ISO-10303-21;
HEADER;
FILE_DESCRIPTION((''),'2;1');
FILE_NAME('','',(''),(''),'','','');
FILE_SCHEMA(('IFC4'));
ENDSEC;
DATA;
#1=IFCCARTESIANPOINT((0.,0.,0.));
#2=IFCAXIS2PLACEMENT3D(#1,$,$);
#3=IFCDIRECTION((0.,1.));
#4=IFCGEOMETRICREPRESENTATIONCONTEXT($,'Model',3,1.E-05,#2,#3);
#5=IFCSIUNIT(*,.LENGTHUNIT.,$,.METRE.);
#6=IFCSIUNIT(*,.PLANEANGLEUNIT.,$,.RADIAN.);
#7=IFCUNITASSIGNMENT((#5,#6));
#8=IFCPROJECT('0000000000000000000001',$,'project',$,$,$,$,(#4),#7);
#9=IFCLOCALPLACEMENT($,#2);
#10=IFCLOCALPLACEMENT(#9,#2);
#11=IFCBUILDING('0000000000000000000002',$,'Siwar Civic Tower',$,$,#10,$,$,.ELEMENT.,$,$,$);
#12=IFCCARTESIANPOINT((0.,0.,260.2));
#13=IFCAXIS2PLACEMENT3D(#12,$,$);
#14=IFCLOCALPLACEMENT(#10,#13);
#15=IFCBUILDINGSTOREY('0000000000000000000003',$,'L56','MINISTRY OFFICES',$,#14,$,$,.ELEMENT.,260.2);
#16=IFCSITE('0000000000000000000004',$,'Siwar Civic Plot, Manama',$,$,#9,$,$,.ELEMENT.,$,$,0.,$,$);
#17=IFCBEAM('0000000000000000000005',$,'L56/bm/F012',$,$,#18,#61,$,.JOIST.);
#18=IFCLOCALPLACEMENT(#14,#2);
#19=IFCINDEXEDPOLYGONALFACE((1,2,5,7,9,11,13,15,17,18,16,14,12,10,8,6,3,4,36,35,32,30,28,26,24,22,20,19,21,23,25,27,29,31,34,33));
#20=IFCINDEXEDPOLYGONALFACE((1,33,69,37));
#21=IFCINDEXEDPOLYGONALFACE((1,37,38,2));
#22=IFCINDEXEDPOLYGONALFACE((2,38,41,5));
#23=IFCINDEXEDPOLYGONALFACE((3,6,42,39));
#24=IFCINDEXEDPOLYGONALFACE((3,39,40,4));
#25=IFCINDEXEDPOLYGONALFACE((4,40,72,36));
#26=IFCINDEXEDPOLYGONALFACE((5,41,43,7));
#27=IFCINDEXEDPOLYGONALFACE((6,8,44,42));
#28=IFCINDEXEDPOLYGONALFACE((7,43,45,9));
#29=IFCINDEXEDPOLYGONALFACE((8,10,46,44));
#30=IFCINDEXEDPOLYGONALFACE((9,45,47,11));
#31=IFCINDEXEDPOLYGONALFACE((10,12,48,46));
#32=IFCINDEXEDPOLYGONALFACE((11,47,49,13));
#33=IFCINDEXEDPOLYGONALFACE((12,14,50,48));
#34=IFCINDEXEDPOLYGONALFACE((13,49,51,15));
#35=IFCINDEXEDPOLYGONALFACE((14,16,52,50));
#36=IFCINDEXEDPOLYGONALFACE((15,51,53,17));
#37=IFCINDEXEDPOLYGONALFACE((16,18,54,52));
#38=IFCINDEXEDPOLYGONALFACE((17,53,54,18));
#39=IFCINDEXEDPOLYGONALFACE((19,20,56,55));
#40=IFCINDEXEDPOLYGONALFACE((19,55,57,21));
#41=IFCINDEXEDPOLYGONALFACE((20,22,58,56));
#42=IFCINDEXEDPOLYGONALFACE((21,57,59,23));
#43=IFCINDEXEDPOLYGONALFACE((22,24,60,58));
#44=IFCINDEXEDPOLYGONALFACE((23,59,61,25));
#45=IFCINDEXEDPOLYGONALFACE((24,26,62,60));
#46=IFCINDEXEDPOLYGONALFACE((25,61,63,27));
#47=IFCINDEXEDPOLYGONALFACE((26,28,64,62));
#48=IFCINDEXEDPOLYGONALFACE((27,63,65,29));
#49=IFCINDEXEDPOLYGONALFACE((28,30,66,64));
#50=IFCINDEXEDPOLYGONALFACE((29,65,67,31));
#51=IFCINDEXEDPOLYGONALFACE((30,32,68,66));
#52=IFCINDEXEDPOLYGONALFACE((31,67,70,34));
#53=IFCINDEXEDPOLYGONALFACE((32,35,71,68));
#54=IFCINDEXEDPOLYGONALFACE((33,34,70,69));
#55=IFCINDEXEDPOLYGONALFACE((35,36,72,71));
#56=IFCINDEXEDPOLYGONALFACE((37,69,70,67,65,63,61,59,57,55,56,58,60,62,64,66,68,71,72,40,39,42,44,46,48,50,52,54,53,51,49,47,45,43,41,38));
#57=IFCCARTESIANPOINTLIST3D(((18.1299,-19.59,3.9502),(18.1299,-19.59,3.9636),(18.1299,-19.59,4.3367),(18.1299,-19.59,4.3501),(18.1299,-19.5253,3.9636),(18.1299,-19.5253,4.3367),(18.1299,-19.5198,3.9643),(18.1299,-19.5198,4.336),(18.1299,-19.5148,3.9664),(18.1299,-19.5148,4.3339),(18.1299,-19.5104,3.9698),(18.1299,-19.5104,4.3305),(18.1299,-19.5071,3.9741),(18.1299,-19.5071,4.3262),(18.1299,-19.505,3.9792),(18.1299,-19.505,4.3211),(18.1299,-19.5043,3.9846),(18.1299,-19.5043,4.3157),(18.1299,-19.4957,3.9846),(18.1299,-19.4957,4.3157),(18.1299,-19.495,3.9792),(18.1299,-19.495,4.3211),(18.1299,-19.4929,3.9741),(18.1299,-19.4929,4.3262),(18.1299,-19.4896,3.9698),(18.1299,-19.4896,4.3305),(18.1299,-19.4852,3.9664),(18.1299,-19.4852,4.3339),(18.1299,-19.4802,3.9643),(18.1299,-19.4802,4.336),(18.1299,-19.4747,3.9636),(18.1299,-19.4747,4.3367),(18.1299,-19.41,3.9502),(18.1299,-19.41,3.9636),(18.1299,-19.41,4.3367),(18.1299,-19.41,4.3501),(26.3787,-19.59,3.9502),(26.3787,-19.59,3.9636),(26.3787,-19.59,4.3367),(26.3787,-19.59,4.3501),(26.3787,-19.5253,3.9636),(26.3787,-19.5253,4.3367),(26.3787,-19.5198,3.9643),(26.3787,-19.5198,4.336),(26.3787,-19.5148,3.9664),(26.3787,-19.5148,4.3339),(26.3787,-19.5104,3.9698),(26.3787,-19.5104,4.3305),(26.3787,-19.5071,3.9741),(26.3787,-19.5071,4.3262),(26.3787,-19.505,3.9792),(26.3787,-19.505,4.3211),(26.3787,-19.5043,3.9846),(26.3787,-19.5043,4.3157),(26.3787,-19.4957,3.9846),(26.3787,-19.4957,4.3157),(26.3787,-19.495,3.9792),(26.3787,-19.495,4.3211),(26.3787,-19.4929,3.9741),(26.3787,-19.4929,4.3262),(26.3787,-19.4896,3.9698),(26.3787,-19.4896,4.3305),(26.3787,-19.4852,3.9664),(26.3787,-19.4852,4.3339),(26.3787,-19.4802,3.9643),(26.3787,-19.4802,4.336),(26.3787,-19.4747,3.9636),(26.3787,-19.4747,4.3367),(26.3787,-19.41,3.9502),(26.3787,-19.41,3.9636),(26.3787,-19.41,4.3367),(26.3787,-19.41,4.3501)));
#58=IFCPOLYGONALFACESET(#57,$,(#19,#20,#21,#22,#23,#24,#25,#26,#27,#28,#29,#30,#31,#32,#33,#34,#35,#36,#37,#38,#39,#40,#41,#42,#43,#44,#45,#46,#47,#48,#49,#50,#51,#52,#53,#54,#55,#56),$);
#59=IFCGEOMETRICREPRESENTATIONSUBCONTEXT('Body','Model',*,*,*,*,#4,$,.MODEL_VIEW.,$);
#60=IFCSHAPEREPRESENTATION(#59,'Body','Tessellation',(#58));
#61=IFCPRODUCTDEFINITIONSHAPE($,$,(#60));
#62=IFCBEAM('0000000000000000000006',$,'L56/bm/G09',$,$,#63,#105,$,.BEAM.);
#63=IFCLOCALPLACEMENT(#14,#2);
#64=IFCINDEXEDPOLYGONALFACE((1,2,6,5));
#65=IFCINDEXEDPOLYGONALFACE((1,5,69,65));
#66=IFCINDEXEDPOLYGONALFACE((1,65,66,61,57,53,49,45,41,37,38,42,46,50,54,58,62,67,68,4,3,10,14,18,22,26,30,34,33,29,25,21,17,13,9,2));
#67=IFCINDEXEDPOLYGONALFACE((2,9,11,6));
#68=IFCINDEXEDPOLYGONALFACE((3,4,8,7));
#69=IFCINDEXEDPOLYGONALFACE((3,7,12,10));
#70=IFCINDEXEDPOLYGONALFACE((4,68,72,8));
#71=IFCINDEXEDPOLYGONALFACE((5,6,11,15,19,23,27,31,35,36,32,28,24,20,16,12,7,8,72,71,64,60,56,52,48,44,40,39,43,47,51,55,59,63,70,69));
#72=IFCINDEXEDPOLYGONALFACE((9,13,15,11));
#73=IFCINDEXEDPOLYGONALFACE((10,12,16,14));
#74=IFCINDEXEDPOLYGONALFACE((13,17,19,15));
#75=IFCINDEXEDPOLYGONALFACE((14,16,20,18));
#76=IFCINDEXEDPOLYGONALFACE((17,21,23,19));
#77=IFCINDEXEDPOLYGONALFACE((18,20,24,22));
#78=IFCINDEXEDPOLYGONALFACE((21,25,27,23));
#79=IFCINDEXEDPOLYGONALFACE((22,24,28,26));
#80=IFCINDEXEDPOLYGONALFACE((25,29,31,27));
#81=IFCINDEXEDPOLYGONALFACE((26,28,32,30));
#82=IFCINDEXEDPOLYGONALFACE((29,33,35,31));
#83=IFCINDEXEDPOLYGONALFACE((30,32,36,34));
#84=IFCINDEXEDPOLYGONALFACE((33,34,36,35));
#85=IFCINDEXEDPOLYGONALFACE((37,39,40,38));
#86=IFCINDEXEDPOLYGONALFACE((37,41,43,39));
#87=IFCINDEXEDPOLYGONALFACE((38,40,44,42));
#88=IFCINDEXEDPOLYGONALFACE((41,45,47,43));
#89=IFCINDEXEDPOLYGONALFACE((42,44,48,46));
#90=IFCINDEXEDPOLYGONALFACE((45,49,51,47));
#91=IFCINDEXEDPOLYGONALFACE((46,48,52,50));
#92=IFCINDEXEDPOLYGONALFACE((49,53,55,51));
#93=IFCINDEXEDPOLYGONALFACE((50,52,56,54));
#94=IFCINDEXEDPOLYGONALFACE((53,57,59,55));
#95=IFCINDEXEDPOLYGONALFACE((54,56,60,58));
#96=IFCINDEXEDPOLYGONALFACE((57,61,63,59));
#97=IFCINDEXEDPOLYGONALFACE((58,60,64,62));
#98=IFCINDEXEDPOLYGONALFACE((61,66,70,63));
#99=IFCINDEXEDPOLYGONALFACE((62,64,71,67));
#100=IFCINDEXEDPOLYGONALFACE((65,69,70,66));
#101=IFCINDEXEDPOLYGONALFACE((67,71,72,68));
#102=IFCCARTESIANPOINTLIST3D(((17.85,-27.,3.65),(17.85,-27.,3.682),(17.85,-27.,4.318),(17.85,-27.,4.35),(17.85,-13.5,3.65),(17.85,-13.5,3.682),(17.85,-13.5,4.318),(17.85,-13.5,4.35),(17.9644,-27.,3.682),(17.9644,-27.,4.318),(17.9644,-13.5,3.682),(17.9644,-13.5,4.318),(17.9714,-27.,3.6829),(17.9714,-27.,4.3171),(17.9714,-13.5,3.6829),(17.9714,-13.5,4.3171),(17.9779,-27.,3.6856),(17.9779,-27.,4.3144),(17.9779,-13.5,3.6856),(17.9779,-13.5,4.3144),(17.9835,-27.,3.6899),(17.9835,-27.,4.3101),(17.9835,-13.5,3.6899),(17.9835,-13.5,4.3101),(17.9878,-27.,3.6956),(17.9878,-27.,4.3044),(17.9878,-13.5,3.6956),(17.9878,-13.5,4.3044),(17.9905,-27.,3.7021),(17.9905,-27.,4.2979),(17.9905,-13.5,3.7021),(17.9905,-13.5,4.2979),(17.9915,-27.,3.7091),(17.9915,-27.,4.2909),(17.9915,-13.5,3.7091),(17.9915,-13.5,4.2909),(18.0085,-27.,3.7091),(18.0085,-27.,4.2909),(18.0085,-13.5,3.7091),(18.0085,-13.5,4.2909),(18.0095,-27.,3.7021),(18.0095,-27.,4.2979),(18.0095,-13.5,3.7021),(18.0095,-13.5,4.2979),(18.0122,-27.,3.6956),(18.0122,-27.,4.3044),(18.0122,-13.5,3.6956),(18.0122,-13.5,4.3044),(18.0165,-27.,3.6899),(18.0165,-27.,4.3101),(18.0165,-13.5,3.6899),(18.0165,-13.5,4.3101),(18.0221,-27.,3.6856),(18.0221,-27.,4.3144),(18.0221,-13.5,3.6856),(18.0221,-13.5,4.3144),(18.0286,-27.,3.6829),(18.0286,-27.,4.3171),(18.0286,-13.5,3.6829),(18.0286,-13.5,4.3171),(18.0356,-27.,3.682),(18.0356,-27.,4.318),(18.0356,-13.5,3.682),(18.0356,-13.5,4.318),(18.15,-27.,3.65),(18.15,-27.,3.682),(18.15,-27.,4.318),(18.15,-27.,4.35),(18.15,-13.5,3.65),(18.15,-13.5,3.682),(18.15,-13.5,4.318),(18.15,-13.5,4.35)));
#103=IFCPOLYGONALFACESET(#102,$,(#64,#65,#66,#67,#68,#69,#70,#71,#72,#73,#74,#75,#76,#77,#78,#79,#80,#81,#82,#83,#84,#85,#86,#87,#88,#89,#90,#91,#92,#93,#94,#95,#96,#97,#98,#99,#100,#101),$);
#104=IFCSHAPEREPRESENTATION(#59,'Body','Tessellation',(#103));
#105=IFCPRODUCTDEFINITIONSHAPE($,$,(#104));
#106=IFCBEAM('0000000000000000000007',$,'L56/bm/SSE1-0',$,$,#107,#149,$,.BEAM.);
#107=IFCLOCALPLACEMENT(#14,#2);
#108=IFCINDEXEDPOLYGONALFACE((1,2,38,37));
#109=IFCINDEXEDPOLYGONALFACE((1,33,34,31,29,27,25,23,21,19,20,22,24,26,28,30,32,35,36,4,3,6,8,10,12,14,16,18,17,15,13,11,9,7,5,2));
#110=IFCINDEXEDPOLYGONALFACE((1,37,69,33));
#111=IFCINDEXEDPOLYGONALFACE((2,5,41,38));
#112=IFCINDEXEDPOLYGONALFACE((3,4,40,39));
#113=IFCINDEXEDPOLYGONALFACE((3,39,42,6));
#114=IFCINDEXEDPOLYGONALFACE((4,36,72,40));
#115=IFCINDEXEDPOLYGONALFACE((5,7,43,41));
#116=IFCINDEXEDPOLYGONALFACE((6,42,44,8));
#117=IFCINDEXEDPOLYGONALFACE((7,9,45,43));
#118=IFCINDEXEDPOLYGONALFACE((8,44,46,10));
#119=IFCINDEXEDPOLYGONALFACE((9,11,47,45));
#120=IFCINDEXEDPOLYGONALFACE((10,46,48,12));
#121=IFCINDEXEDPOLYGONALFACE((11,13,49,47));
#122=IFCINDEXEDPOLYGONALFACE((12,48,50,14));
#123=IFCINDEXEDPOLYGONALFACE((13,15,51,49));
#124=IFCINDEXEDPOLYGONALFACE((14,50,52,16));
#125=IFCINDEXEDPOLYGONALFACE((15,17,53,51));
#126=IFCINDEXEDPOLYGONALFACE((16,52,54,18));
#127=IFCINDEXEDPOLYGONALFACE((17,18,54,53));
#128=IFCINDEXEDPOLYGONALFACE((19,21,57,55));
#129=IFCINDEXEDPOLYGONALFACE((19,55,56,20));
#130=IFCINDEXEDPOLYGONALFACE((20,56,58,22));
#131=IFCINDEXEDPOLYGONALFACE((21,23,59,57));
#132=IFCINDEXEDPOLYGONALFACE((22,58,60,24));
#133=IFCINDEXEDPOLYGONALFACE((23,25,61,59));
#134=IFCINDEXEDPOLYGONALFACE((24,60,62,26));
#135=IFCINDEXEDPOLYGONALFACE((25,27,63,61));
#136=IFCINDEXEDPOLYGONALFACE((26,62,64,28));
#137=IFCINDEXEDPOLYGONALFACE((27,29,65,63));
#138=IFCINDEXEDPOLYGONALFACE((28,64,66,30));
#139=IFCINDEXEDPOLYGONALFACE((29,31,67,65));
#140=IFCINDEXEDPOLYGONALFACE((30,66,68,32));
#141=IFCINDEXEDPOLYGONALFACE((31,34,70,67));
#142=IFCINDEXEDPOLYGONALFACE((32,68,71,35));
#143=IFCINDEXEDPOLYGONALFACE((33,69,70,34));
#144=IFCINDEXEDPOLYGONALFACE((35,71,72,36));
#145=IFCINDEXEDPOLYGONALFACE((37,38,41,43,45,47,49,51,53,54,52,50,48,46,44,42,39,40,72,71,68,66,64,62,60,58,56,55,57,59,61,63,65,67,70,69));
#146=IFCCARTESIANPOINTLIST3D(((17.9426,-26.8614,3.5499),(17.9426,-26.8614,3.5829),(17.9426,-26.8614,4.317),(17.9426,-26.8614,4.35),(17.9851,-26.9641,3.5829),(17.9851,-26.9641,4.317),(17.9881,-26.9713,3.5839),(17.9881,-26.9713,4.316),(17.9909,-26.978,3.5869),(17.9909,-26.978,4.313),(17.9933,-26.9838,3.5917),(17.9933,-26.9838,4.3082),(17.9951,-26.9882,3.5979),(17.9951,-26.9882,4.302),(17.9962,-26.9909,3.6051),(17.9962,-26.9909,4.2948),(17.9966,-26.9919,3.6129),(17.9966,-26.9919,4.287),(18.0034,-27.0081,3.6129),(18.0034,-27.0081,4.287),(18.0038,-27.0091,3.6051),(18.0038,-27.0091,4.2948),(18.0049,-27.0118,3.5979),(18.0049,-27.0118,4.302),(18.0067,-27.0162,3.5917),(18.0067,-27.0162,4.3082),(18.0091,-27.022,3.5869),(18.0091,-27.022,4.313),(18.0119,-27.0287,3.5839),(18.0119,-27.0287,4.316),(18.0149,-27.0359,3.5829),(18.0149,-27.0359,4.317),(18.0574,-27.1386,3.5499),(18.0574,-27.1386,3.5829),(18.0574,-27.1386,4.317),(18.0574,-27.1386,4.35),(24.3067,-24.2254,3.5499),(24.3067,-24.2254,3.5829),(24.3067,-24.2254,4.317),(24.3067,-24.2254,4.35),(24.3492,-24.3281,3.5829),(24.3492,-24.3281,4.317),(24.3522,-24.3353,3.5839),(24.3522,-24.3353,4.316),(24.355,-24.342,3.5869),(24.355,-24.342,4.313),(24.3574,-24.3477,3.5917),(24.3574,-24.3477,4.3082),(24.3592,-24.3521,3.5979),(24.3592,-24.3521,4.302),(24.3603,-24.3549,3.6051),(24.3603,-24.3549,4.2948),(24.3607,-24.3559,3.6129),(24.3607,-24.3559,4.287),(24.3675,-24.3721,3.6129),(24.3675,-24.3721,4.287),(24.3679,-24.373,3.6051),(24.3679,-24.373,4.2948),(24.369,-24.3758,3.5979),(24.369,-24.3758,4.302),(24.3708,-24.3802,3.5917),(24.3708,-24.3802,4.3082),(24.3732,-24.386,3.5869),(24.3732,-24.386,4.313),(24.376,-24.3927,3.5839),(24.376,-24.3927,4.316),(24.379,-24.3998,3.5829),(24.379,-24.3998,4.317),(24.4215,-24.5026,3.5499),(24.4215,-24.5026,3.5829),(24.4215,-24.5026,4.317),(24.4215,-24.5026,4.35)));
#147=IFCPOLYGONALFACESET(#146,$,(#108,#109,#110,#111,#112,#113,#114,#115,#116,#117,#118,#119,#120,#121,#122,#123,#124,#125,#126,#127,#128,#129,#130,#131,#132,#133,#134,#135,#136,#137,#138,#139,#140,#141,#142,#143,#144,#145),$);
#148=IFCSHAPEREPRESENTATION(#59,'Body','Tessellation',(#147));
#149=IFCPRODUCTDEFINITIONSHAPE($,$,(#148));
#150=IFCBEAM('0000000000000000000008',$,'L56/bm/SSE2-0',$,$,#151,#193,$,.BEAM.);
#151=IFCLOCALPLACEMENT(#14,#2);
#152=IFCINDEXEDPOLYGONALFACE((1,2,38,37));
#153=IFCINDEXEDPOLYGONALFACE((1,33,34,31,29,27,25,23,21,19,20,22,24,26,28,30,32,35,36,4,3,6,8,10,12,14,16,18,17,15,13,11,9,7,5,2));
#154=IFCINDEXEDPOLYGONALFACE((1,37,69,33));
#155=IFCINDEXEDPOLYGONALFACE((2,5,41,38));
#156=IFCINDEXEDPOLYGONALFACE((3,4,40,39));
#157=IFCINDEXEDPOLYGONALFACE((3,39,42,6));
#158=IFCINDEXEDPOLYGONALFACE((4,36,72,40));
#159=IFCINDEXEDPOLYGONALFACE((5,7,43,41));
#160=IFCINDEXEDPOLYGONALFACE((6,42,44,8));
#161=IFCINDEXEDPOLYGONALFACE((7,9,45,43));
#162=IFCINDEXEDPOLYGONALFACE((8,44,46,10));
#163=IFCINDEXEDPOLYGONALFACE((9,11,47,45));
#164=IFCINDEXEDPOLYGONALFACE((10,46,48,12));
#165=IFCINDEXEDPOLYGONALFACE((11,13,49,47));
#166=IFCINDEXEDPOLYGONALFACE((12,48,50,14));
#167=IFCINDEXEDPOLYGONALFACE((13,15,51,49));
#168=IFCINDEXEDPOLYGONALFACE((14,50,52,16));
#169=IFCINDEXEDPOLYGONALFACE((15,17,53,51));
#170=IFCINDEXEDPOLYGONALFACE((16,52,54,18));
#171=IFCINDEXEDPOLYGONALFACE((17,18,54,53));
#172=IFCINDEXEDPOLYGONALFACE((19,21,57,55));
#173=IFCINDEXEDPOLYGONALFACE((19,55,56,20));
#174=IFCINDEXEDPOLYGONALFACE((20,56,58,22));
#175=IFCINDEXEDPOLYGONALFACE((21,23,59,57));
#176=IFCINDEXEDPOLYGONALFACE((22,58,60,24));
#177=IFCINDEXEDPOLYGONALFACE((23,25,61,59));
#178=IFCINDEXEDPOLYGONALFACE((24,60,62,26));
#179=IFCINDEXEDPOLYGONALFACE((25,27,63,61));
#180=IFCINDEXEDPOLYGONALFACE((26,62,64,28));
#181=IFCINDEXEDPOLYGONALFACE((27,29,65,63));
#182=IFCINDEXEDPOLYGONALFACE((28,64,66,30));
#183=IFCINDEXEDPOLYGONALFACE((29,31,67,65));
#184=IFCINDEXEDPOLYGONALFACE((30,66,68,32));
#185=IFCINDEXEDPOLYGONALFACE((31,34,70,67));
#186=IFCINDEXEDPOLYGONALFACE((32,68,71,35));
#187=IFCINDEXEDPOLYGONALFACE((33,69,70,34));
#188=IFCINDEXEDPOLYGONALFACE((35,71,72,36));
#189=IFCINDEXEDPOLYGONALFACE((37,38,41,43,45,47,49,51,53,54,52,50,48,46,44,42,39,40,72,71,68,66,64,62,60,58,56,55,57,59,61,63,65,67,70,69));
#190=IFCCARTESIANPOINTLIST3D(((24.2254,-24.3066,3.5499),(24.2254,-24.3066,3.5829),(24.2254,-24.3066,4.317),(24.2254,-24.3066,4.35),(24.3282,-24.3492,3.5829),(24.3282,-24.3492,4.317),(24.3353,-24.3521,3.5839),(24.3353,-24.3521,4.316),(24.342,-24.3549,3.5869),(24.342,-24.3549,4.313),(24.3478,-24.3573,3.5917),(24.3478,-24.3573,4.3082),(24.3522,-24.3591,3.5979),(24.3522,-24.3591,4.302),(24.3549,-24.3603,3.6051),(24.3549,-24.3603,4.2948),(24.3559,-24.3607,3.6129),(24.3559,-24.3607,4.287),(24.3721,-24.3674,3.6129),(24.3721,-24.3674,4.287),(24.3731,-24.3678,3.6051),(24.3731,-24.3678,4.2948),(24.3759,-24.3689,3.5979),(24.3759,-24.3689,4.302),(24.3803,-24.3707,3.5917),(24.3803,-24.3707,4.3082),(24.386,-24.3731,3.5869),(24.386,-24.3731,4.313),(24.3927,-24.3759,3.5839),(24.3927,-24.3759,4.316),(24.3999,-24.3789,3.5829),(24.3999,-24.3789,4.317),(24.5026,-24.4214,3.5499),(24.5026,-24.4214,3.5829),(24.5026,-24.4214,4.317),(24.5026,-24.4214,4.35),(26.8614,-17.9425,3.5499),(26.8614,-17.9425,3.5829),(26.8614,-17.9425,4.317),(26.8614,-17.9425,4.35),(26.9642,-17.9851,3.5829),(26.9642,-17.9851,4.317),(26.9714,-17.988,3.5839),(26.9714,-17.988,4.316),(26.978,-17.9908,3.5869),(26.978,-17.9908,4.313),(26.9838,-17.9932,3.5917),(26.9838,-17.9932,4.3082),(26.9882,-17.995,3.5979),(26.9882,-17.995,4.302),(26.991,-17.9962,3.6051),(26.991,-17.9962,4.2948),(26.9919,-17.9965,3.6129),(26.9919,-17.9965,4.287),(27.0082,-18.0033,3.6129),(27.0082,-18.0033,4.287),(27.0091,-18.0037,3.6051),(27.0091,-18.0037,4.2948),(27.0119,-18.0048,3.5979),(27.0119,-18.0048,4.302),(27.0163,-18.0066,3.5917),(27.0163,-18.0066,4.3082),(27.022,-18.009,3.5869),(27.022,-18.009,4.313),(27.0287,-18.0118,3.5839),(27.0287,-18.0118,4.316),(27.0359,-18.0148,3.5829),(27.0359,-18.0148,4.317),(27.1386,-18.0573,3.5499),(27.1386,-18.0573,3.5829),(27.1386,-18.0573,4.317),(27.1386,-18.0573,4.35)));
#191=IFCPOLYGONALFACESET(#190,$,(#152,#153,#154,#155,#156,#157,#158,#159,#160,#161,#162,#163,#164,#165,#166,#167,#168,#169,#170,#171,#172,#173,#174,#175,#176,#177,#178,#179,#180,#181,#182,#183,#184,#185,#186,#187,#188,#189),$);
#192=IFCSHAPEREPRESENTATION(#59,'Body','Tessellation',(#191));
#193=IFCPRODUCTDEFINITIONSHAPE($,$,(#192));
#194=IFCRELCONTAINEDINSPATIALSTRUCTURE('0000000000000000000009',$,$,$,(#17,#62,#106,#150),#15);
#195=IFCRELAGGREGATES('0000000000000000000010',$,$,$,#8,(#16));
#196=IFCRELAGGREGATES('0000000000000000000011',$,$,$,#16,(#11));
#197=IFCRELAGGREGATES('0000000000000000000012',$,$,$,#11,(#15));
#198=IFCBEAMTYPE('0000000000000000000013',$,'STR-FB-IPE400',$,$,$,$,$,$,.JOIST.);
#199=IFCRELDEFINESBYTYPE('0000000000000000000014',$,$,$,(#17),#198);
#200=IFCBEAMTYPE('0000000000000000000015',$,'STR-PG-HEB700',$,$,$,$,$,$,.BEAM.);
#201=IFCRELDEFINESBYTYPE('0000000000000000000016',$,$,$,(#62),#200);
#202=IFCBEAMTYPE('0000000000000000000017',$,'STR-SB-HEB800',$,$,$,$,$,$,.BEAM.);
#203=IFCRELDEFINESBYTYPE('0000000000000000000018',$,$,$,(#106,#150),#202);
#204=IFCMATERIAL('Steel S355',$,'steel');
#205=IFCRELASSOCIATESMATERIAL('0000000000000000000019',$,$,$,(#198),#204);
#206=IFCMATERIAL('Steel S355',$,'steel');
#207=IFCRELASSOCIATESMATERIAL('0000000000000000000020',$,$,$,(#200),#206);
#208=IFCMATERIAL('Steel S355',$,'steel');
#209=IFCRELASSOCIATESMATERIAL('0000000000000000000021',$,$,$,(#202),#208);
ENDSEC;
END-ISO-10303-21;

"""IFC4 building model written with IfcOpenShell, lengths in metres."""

from ifc_helpers import new_model, si_unit, direction, frame, origin, origin_2d, place, context, subcontext, project, spatial, i_section, extrude, material, material_profile, profile_set, type_object, element, save


model = new_model("IFC4")

# Units and contexts
model_context = context("Model", 3, precision=1e-05, world=origin(), true_north=direction((0.0, 1.0)))
body_context = subcontext(model_context, "Body", "Model", "MODEL_VIEW")
ifc_project = project(units=[si_unit("LENGTHUNIT", "METRE"), si_unit("PLANEANGLEUNIT", "RADIAN")], contexts=[model_context])

# Site, building, storey
site_placement = place(None, origin())
site = spatial("IfcSite", under=ifc_project, at=site_placement, Name="Siwar Civic Plot, Manama", CompositionType="ELEMENT", RefElevation=0.0)
building_placement = place(site_placement, origin())
building = spatial("IfcBuilding", under=site, at=building_placement, Name="Siwar Civic Tower", CompositionType="ELEMENT")
storey_placement = place(building_placement, frame((0.0, 0.0, 260.2)))
storey = spatial("IfcBuildingStorey", under=building, at=storey_placement, Name="L56", Description="MINISTRY OFFICES", CompositionType="ELEMENT", Elevation=260.2)

# Beams
ifc_material_1 = material(Name="Steel S355", Category="steel")
ifc_material_profile_1 = material_profile(ifc_material_1, i_section(OverallWidth=0.1799, OverallDepth=0.3999, WebThickness=0.0085, FlangeThickness=0.0134, FilletRadius=0.021, at=origin_2d()), Name="IPE400")
ifc_profile_set_1 = profile_set([ifc_material_profile_1], Name="Steel S355")
beam_type_1 = type_object("IfcBeamType", Name="STR-FB-IPE400", PredefinedType="JOIST", material=ifc_profile_set_1)
beam_1_placement = place(storey_placement, frame((18.1299, -19.5, 4.1501), z_axis=(1.0, 0.0, 0.0), x_axis=(0.0, 1.0, 0.0)))
element("IfcBeam", 1, at=beam_1_placement, inside=storey, type_object=beam_type_1, Name="L56/bm/F012", PredefinedType="JOIST", context=body_context, shape_type="SweptSolid", body=[
    extrude(i_section(OverallWidth=0.1799, OverallDepth=0.3999, WebThickness=0.0085, FlangeThickness=0.0134, FilletRadius=0.021, at=origin_2d()), origin(), (0.0, 0.0, 1.0), 8.2488),
])
ifc_material_2 = material(Name="Steel S355", Category="steel")
ifc_material_profile_2 = material_profile(ifc_material_2, i_section(OverallWidth=0.3, OverallDepth=0.7, WebThickness=0.0171, FlangeThickness=0.032, FilletRadius=0.0271, at=origin_2d()), Name="HEB700")
ifc_profile_set_2 = profile_set([ifc_material_profile_2], Name="Steel S355")
beam_type_2 = type_object("IfcBeamType", Name="STR-PG-HEB700", PredefinedType="BEAM", material=ifc_profile_set_2)
beam_2_placement = place(storey_placement, frame((18.0, -27.0, 4.0), z_axis=(0.0, 1.0, 0.0), x_axis=(-1.0, 0.0, 0.0)))
element("IfcBeam", 2, at=beam_2_placement, inside=storey, type_object=beam_type_2, Name="L56/bm/G09", PredefinedType="BEAM", context=body_context, shape_type="SweptSolid", body=[
    extrude(i_section(OverallWidth=0.3, OverallDepth=0.7, WebThickness=0.0171, FlangeThickness=0.032, FilletRadius=0.0271, at=origin_2d()), origin(), (0.0, 0.0, 1.0), 13.5),
])
ifc_material_3 = material(Name="Steel S355", Category="steel")
ifc_material_profile_3 = material_profile(ifc_material_3, i_section(OverallWidth=0.3, OverallDepth=0.8, WebThickness=0.0176, FlangeThickness=0.033, FilletRadius=0.03, at=origin_2d()), Name="HEB800")
ifc_profile_set_3 = profile_set([ifc_material_profile_3], Name="Steel S355")
beam_type_3 = type_object("IfcBeamType", Name="STR-SB-HEB800", PredefinedType="BEAM", material=ifc_profile_set_3)
for number, where, z_axis, x_axis, name in (
    (3, (18.0, -27.0, 3.95), (0.923883, 0.382674, 0.0), (-0.382674, 0.923883, 0.0), "L56/bm/SSE1-0"),
    (4, (24.364, -24.364, 3.95), (0.382674, 0.923883, 0.0), (-0.923883, 0.382674, 0.0), "L56/bm/SSE2-0"),
):
    element("IfcBeam", number, at=place(storey_placement, frame(where, z_axis=z_axis, x_axis=x_axis)), inside=storey, type_object=beam_type_3, Name=name, PredefinedType="BEAM", context=body_context, shape_type="SweptSolid", body=[
        extrude(i_section(OverallWidth=0.3, OverallDepth=0.8, WebThickness=0.0176, FlangeThickness=0.033, FilletRadius=0.03, at=origin_2d()), origin(), (0.0, 0.0, 1.0), 6.8884),
    ])

save(model, "model.ifc")
